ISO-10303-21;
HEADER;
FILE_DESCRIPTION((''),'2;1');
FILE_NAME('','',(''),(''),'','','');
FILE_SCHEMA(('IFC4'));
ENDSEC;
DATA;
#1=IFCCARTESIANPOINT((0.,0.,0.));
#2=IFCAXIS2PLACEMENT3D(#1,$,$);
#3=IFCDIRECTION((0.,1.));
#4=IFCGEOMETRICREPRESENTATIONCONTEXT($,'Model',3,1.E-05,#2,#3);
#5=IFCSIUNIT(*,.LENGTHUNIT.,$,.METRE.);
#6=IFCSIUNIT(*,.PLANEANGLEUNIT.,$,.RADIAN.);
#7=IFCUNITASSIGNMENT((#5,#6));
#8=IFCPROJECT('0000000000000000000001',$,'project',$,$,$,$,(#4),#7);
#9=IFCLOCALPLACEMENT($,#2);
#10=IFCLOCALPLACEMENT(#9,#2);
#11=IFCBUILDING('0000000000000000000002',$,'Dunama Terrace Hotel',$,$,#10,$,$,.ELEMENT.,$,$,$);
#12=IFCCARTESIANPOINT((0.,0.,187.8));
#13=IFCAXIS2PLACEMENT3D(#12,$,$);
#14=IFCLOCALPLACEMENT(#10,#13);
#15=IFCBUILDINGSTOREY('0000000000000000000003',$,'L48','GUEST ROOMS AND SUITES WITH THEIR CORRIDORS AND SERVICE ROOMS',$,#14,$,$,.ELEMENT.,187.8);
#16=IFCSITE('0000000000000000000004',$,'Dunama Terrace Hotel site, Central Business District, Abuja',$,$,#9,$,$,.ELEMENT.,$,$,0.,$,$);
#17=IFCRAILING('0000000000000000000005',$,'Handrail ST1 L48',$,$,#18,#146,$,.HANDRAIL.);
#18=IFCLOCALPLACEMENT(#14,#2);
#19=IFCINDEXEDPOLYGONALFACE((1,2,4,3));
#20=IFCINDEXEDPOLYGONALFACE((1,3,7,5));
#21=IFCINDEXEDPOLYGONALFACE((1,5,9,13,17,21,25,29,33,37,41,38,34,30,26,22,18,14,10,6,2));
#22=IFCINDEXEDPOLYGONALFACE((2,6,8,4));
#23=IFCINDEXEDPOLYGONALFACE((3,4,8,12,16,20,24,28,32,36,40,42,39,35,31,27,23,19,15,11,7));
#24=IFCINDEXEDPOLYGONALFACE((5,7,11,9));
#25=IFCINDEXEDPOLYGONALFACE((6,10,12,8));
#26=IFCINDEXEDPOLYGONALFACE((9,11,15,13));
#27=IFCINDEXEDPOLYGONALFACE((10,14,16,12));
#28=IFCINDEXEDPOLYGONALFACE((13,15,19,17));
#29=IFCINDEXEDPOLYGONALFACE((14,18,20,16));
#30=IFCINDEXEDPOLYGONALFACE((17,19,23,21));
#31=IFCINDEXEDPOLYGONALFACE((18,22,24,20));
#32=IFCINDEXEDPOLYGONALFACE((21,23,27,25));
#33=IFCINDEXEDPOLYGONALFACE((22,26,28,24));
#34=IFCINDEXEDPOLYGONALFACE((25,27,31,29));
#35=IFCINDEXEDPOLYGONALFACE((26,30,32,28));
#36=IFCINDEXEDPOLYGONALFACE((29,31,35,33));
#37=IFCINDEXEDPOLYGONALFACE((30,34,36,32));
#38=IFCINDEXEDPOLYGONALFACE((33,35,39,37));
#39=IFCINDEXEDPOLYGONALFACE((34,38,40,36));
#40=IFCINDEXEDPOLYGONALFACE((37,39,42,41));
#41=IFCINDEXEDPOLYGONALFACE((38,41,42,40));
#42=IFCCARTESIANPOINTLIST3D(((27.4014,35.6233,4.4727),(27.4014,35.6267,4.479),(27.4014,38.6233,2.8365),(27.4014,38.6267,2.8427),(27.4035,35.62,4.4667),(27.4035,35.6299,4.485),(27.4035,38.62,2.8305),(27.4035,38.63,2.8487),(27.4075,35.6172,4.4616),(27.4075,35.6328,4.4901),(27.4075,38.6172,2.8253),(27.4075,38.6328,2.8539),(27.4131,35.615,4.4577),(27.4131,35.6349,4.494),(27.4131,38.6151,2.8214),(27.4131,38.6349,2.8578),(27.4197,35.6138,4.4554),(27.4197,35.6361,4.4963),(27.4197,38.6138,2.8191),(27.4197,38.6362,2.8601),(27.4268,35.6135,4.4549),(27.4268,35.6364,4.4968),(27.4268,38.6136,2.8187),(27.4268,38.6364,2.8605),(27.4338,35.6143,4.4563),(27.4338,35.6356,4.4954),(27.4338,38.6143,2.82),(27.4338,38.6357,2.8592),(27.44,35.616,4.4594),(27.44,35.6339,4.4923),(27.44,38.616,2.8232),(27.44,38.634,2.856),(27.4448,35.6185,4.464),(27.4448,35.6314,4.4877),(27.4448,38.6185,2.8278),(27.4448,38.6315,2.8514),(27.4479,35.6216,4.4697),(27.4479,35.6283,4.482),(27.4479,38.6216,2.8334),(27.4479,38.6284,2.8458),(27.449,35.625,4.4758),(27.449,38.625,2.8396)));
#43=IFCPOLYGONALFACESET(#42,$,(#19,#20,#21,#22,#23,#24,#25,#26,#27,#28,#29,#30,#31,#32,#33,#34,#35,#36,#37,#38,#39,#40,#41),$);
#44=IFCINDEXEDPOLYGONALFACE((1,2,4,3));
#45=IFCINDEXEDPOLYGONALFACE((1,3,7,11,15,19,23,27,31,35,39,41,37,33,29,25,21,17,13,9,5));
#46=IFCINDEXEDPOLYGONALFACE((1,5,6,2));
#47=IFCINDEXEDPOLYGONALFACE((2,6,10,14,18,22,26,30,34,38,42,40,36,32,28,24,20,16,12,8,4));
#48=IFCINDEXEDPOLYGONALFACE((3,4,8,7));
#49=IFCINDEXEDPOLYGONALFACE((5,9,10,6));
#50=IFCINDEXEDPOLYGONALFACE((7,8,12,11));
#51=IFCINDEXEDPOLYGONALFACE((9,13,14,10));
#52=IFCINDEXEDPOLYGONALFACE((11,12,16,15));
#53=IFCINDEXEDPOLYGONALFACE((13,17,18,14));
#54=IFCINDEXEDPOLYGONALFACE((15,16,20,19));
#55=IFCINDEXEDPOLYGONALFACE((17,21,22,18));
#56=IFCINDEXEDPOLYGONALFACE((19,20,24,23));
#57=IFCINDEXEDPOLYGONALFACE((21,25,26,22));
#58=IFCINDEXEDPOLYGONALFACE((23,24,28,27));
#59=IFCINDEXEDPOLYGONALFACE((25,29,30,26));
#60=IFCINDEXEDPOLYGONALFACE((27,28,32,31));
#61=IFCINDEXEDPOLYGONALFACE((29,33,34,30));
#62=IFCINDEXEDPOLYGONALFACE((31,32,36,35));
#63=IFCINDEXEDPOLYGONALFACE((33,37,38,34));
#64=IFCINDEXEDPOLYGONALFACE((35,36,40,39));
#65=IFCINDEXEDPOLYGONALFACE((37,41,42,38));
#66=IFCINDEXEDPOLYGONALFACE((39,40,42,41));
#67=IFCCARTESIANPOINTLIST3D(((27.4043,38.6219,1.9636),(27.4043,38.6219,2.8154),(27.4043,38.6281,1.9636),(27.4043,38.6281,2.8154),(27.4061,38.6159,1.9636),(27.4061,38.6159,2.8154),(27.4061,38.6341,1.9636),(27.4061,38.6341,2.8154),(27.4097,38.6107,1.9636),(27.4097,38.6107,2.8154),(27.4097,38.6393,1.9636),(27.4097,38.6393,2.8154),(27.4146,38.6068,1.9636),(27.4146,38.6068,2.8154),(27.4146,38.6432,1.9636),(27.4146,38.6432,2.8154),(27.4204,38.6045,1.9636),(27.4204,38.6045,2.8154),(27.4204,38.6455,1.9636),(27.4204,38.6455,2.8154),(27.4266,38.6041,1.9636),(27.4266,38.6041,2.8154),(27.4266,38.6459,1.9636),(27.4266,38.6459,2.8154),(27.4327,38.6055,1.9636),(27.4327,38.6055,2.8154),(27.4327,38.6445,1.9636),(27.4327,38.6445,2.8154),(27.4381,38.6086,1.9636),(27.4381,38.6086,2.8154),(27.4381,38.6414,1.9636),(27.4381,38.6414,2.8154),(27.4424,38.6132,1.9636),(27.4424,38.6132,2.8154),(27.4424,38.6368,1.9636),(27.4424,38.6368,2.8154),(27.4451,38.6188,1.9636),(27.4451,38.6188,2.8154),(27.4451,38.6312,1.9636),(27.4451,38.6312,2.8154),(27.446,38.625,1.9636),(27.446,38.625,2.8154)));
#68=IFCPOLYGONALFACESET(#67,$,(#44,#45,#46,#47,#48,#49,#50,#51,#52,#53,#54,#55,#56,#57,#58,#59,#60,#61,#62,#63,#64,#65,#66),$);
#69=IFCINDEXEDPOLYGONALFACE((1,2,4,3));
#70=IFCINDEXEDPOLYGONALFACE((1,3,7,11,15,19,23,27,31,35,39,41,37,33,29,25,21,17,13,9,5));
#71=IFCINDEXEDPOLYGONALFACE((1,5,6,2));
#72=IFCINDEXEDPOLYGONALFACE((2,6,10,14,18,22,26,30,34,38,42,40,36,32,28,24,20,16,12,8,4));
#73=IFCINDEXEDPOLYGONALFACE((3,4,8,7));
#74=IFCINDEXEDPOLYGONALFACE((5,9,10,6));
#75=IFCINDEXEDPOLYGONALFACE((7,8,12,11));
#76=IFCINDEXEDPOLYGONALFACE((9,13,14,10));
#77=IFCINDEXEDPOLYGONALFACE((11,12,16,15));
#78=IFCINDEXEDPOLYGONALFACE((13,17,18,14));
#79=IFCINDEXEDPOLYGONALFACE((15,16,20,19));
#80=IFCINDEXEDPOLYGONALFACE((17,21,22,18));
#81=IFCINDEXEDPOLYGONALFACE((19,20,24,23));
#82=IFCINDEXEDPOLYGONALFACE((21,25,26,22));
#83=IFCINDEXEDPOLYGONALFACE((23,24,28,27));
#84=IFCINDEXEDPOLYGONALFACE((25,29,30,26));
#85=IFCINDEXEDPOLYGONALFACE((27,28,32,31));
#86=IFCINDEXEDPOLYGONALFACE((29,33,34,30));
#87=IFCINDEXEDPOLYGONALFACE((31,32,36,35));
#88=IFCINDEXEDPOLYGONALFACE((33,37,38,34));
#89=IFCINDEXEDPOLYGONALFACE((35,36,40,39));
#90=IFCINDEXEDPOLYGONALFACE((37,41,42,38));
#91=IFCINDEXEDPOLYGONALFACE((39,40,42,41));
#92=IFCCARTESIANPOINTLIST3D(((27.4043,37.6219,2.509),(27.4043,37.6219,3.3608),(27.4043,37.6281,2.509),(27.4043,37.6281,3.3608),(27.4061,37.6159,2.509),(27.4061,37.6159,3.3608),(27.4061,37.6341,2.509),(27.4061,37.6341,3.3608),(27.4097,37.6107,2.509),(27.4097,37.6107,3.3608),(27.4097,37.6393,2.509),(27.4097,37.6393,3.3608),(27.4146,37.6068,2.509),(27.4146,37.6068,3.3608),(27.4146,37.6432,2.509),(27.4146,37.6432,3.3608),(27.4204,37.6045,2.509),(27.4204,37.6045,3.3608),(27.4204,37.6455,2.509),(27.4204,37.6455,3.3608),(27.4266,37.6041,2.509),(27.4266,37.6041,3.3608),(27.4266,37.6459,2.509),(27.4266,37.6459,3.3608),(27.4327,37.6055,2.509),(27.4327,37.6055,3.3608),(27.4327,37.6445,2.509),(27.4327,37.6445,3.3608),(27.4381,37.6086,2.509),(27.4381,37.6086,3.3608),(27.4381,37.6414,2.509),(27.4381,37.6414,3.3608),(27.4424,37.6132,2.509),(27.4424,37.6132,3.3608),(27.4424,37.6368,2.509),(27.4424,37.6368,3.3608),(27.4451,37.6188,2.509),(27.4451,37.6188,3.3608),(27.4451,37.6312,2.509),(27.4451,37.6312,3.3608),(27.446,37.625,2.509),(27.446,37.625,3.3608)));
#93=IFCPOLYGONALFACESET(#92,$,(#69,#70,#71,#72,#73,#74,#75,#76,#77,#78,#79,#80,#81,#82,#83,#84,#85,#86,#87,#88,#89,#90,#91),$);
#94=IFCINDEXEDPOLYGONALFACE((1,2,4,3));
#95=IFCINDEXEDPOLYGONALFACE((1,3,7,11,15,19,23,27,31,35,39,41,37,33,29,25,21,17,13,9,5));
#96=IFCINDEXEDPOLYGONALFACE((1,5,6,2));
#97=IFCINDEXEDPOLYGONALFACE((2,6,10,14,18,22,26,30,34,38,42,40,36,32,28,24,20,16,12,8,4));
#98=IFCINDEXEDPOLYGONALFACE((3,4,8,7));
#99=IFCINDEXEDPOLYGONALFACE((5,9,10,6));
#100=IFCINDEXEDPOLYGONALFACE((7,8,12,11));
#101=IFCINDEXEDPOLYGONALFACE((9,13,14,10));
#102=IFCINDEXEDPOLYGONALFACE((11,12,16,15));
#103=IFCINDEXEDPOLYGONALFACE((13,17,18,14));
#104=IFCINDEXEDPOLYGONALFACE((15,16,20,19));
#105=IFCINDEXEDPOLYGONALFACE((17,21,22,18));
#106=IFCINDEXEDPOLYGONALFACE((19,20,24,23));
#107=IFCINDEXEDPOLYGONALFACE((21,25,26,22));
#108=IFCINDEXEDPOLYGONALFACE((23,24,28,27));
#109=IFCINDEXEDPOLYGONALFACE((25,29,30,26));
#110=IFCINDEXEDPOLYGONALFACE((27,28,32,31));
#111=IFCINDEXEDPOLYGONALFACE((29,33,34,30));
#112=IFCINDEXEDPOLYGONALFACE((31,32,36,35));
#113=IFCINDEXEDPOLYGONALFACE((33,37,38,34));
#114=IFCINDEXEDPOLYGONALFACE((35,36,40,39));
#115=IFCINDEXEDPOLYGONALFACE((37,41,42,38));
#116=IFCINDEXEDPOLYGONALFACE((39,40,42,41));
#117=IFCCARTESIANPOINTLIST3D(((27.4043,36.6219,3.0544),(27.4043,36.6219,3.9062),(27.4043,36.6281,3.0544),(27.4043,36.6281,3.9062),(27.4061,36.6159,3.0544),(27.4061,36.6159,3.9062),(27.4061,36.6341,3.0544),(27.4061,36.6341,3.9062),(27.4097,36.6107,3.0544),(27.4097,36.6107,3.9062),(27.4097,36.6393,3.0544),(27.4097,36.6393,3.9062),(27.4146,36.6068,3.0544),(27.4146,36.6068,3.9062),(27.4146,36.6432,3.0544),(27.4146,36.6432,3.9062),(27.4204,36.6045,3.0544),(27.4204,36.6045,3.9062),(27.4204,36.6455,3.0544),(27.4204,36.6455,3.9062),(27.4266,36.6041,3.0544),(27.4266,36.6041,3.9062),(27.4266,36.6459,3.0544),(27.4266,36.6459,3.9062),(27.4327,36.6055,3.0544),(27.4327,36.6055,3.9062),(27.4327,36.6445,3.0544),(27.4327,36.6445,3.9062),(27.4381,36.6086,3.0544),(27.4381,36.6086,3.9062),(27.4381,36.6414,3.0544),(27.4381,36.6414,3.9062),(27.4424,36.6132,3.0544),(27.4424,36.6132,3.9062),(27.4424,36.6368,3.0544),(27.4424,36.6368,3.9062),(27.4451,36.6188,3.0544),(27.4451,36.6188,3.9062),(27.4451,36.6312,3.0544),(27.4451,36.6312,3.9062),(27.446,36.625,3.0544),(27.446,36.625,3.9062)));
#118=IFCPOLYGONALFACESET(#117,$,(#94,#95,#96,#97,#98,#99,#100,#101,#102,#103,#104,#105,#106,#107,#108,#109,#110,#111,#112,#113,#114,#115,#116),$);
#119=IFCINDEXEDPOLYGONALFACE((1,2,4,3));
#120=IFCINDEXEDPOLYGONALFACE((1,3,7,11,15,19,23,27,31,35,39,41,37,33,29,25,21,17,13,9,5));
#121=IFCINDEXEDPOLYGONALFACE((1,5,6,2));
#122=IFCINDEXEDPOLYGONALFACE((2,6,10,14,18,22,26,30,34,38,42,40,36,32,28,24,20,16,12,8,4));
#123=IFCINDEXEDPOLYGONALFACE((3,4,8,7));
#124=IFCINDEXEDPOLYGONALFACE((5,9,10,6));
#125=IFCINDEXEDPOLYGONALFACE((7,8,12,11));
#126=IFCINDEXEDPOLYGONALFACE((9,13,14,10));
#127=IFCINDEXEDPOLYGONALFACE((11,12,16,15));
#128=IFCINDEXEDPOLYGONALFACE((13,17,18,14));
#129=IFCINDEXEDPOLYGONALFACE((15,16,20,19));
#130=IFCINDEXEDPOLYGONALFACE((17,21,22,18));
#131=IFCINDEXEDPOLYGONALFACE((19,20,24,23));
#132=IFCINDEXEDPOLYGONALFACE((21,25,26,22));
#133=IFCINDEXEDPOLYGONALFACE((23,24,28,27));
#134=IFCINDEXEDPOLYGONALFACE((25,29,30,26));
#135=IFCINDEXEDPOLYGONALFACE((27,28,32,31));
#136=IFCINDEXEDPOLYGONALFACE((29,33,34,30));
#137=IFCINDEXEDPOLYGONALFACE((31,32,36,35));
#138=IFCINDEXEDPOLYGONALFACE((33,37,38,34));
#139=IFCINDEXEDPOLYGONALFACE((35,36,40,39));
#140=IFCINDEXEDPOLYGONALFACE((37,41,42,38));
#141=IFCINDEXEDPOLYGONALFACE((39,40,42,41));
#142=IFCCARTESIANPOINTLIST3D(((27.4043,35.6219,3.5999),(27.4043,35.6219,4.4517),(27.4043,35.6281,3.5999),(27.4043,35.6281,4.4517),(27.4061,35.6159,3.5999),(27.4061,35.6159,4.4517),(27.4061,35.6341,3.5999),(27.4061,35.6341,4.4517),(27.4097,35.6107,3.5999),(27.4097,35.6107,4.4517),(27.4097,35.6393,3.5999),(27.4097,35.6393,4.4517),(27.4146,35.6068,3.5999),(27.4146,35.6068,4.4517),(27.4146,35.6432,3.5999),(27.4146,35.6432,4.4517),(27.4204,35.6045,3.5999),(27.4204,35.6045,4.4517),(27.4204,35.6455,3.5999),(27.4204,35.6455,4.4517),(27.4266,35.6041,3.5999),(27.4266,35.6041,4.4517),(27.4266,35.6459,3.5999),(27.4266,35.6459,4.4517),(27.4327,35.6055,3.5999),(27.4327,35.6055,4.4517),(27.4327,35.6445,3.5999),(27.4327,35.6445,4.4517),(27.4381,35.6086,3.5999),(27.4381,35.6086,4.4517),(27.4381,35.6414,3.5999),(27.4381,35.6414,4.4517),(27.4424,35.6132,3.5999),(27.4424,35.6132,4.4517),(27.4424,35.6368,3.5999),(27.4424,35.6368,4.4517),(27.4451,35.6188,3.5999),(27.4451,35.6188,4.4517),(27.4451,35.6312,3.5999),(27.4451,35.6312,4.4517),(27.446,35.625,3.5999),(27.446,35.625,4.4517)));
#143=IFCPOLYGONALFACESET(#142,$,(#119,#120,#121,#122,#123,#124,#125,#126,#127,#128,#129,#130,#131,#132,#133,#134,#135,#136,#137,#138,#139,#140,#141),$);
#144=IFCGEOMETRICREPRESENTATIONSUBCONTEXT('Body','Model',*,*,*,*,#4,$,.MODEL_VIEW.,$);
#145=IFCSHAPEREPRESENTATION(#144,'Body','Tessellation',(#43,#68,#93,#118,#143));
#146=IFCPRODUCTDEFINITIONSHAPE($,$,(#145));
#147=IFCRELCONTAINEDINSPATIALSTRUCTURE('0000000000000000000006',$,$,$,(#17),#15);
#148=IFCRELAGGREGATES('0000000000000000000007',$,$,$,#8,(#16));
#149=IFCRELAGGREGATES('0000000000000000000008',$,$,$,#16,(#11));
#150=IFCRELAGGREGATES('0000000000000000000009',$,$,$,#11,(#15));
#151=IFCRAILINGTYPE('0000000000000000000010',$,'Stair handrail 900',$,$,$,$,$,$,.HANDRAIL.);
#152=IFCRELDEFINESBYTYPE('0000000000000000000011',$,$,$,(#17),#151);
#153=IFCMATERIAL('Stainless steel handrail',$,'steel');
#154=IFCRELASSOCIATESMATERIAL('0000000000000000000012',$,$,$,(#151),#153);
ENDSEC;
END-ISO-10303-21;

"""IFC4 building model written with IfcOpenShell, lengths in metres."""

from ifc_helpers import new_model, si_unit, direction, frame, origin, origin_2d, place, context, subcontext, project, spatial, circle, extrude, material, type_object, element, save


model = new_model("IFC4")

# Units and contexts
model_context = context("Model", 3, precision=1e-05, world=origin(), true_north=direction((0.0, 1.0)))
body_context = subcontext(model_context, "Body", "Model", "MODEL_VIEW")
ifc_project = project(units=[si_unit("LENGTHUNIT", "METRE"), si_unit("PLANEANGLEUNIT", "RADIAN")], contexts=[model_context])

# Site, building, storey
site_placement = place(None, origin())
site = spatial("IfcSite", under=ifc_project, at=site_placement, Name="Dunama Terrace Hotel site, Central Business District, Abuja", CompositionType="ELEMENT", RefElevation=0.0)
building_placement = place(site_placement, origin())
building = spatial("IfcBuilding", under=site, at=building_placement, Name="Dunama Terrace Hotel", CompositionType="ELEMENT")
storey_placement = place(building_placement, frame((0.0, 0.0, 187.8)))
storey = spatial("IfcBuildingStorey", under=building, at=storey_placement, Name="L48", Description="GUEST ROOMS AND SUITES WITH THEIR CORRIDORS AND SERVICE ROOMS", CompositionType="ELEMENT", Elevation=187.8)

# Railing
ifc_material_1 = material(Name="Stainless steel handrail", Category="steel")
railing_type = type_object("IfcRailingType", Name="Stair handrail 900", PredefinedType="HANDRAIL", material=ifc_material_1)
railing_1_placement = place(storey_placement, frame((27.425, 38.625, 1.9636)))
element("IfcRailing", 1, at=railing_1_placement, inside=storey, type_object=railing_type, Name="Handrail ST1 L48", PredefinedType="HANDRAIL", context=body_context, shape_type="SweptSolid", body=[
    extrude(circle(Radius=0.0239, at=origin_2d()), frame((0.0, 0.0, 0.876), z_axis=(0.0, -0.877912, 0.478822), x_axis=(1.0, 0.0, 0.0)), (0.0, 0.0, 1.0), 3.4172),
    extrude(circle(Radius=0.021, at=origin_2d()), origin(), (0.0, 0.0, 1.0), 0.8518),
    extrude(circle(Radius=0.021, at=origin_2d()), frame((0.0, -1.0, 0.5454)), (0.0, 0.0, 1.0), 0.8518),
    extrude(circle(Radius=0.021, at=origin_2d()), frame((0.0, -2.0, 1.0908)), (0.0, 0.0, 1.0), 0.8518),
    extrude(circle(Radius=0.021, at=origin_2d()), frame((0.0, -3.0, 1.6362)), (0.0, 0.0, 1.0), 0.8518),
])

save(model, "model.ifc")
